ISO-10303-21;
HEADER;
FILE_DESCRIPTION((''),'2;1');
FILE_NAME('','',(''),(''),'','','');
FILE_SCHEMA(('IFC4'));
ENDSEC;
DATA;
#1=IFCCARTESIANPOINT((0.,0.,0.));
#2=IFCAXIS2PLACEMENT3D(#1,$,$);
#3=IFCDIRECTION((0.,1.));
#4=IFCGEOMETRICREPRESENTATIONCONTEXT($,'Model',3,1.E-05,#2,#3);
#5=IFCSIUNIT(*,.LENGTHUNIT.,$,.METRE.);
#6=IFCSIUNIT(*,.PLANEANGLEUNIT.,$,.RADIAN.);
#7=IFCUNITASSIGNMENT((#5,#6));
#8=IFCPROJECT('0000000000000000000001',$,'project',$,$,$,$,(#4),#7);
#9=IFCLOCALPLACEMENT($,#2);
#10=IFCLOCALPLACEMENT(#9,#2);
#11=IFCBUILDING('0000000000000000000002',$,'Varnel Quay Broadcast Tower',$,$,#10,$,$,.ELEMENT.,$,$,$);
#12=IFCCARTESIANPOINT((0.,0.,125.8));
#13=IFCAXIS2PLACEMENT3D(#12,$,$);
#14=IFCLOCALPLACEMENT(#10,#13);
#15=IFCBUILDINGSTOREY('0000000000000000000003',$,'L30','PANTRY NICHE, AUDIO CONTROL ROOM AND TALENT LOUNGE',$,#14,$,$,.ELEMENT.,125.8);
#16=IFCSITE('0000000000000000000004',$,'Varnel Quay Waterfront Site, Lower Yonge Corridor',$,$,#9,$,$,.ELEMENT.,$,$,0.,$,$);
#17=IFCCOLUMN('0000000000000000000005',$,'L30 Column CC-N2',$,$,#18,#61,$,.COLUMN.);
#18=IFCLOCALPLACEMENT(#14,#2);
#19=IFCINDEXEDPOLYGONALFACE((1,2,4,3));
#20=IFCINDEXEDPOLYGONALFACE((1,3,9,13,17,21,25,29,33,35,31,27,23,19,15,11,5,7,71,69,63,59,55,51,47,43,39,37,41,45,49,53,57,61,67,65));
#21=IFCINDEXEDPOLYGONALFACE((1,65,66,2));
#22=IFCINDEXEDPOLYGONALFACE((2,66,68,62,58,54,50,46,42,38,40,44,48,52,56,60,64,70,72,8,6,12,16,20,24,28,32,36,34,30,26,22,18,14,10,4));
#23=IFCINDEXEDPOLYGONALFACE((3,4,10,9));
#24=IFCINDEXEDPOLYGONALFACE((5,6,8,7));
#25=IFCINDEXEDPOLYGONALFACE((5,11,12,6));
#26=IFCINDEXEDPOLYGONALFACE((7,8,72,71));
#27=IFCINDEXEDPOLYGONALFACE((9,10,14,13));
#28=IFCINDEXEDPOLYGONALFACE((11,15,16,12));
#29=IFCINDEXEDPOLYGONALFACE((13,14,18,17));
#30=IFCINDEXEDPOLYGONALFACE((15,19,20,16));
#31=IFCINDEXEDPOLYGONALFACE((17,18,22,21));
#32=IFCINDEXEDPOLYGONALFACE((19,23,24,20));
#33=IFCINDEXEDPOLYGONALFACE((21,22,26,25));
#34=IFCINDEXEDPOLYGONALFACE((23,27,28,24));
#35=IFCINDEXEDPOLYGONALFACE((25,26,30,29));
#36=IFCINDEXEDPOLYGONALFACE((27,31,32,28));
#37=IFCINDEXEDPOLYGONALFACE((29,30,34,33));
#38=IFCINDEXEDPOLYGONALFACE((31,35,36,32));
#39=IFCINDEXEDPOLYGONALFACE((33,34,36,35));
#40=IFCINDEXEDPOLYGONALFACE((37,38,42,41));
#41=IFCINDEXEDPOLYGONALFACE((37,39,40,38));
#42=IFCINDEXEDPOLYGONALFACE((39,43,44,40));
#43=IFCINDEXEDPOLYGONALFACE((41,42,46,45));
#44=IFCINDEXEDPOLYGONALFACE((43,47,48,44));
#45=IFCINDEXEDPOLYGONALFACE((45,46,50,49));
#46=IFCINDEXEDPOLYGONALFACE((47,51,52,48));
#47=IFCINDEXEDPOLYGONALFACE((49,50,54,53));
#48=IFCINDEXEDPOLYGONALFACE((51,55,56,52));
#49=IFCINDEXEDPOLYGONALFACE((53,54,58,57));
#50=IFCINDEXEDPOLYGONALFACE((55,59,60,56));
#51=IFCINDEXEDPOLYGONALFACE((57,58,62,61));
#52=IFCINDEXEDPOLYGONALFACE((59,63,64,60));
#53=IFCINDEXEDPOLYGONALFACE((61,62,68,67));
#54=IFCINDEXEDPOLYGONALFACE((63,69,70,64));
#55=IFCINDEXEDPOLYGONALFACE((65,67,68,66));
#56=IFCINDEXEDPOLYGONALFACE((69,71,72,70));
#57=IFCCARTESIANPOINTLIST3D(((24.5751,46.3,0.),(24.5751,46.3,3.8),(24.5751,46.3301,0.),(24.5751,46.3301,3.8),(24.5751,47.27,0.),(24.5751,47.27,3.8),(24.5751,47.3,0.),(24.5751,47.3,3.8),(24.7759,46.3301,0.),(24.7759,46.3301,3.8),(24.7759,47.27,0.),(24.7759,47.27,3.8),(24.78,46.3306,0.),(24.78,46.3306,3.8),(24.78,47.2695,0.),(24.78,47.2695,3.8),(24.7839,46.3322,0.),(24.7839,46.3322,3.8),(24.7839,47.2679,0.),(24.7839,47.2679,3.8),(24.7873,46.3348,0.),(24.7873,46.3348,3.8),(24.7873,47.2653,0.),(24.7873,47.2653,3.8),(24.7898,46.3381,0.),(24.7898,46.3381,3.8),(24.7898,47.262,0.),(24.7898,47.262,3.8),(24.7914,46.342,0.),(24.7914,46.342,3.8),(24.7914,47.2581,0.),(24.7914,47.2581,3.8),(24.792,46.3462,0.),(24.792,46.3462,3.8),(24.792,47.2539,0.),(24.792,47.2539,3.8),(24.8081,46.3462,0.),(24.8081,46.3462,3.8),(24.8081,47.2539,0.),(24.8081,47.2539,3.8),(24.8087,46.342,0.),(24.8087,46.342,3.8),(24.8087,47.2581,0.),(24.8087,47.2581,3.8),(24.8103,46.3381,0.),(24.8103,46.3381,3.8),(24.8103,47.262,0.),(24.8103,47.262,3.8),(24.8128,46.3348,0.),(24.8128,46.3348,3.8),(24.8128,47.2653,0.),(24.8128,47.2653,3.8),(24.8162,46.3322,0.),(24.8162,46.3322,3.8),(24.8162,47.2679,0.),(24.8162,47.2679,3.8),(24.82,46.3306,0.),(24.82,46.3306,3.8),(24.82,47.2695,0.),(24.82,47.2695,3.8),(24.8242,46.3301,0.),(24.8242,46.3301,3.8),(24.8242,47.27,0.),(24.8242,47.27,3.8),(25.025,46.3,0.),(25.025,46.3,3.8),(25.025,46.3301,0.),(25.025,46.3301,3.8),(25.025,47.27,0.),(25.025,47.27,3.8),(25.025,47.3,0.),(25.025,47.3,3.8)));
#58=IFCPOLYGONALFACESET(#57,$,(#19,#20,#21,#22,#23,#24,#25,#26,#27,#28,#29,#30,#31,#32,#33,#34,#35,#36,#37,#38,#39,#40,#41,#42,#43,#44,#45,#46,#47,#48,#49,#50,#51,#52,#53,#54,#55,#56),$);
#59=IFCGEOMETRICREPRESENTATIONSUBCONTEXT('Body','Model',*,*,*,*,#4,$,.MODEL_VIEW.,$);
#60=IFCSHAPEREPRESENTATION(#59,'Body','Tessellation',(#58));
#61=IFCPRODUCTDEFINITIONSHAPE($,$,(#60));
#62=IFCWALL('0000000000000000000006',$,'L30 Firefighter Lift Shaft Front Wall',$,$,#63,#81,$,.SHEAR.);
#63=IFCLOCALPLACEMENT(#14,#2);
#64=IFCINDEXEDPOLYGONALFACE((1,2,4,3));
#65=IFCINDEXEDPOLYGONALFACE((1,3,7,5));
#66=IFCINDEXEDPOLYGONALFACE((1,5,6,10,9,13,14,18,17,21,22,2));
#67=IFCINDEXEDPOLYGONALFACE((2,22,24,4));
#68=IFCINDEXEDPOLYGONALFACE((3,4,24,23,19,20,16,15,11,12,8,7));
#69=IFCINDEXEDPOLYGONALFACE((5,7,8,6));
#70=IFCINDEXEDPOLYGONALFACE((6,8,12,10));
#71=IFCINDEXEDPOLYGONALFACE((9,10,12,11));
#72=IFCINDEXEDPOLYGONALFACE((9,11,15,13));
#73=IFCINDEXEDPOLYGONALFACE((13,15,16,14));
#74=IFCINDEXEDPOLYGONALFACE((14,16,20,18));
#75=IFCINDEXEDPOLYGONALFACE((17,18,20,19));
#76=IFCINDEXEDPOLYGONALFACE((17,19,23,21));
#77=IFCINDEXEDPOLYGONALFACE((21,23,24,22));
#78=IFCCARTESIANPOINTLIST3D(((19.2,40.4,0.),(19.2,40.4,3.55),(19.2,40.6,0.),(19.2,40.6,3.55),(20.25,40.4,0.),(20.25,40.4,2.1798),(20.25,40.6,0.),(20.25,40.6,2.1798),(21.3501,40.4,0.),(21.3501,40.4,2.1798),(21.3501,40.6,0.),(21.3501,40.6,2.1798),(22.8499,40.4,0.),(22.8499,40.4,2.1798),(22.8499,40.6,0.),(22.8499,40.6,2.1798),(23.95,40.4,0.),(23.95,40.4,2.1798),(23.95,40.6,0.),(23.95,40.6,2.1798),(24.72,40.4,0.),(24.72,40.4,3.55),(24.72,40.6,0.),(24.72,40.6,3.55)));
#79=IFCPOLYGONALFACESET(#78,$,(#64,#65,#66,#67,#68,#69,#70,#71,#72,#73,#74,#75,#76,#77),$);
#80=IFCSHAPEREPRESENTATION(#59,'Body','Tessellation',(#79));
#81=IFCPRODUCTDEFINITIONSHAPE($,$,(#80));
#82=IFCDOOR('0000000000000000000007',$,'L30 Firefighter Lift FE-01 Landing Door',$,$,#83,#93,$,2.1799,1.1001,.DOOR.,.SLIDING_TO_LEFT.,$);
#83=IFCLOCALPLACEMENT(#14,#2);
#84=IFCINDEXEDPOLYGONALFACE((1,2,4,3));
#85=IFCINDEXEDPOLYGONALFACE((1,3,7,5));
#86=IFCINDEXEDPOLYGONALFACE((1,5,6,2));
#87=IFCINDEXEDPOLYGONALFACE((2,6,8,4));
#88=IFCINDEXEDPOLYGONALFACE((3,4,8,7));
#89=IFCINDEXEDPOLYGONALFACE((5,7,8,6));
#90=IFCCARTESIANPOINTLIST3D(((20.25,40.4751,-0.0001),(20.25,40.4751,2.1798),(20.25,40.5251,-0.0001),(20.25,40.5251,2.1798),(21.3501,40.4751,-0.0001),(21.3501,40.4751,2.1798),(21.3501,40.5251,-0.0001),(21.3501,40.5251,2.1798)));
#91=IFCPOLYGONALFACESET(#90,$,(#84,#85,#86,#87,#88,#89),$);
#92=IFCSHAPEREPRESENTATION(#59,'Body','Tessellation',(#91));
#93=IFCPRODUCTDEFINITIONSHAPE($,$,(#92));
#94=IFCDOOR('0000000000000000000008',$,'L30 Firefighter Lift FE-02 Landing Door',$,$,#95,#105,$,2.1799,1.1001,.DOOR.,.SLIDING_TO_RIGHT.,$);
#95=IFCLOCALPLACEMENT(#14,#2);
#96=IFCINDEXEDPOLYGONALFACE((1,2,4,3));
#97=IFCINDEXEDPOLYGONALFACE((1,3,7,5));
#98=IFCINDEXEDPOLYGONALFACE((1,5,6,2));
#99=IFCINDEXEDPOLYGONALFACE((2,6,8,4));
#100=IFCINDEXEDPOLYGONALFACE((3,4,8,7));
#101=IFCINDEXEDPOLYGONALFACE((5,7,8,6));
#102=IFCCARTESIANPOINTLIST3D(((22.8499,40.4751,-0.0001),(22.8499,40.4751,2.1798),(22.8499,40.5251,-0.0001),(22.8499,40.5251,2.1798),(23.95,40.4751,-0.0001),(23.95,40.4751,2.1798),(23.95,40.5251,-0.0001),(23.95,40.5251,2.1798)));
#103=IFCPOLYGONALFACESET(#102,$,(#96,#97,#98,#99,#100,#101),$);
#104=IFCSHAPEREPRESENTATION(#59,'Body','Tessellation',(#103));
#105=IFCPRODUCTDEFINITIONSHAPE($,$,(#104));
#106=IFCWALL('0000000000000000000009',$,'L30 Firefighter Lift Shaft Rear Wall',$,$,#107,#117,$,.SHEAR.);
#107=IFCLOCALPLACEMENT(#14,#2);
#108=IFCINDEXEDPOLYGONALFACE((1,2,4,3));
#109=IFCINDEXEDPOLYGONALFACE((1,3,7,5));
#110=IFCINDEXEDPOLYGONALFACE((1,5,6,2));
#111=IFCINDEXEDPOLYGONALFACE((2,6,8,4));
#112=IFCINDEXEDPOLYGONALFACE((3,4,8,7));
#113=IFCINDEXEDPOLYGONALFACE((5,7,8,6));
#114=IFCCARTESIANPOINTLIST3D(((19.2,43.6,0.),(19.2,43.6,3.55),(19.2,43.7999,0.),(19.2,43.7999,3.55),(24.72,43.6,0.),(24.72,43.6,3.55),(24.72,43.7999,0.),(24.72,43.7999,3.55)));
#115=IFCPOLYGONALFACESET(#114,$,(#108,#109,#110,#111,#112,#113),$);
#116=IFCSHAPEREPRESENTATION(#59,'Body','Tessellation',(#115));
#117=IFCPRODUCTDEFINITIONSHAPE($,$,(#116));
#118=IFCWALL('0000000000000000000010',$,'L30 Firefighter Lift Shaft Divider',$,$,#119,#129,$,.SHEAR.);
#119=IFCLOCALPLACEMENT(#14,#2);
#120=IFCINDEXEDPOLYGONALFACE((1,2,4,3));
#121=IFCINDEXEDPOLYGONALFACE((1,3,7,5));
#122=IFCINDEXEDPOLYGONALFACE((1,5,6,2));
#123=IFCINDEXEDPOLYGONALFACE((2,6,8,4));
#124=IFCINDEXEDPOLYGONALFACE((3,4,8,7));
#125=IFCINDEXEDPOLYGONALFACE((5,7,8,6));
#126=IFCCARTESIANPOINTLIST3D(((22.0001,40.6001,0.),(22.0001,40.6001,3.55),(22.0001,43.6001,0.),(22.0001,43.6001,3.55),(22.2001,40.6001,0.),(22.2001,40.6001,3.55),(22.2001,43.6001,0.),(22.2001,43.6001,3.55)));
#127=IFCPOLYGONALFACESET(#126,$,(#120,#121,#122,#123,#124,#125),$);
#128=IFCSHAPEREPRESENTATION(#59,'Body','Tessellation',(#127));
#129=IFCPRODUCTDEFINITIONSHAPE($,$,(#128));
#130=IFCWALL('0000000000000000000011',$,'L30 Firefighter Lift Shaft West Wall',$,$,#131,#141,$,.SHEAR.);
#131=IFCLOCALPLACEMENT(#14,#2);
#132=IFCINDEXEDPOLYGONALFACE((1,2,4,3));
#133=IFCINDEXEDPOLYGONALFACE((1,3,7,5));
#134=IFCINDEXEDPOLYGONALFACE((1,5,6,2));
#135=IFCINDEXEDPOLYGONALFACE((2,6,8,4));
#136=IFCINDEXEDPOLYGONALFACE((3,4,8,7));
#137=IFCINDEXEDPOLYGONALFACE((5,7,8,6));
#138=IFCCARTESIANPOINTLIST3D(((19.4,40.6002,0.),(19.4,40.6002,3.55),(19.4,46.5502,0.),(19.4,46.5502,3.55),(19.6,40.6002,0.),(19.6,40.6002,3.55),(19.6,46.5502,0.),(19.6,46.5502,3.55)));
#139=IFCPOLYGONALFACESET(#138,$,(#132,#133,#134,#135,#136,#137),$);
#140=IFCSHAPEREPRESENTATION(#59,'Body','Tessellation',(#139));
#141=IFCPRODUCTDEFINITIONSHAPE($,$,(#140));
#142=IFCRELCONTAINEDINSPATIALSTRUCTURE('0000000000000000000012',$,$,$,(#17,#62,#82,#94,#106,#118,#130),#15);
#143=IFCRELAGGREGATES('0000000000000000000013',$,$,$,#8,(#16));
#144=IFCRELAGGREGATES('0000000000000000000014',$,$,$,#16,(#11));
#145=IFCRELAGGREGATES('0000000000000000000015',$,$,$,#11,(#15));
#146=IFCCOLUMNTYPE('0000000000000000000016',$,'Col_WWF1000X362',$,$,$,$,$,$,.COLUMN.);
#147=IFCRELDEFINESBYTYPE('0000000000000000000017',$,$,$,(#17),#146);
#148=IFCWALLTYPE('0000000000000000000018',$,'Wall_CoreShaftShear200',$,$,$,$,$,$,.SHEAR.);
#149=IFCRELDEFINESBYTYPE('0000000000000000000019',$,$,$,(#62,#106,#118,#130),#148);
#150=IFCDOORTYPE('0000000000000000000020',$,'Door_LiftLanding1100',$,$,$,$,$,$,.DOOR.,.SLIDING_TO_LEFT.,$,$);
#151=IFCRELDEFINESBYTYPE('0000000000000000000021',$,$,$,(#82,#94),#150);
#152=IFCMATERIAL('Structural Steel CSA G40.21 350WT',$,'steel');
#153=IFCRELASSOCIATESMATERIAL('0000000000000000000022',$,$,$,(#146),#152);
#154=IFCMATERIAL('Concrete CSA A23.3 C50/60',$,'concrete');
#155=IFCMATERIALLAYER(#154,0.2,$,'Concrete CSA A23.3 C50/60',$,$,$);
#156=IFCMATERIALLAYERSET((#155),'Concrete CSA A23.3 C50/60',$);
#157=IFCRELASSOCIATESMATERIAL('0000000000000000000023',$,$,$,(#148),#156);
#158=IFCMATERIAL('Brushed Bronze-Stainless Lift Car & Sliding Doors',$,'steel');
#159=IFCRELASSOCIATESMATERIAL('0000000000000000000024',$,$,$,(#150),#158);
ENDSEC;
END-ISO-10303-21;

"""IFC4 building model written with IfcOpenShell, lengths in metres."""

from ifc_helpers import new_model, si_unit, direction, frame, frame_2d, origin, origin_2d, place, context, subcontext, project, spatial, rectangle, i_section, extrude, source, transform, mapped, material, layer, layer_set, material_profile, profile_set, type_object, type_shapes, element, fill, save


model = new_model("IFC4")

# Units and contexts
model_context = context("Model", 3, precision=1e-05, world=origin(), true_north=direction((0.0, 1.0)))
body_context = subcontext(model_context, "Body", "Model", "MODEL_VIEW")
ifc_project = project(units=[si_unit("LENGTHUNIT", "METRE"), si_unit("PLANEANGLEUNIT", "RADIAN")], contexts=[model_context])

# Site, building, storey
site_placement = place(None, origin())
site = spatial("IfcSite", under=ifc_project, at=site_placement, Name="Varnel Quay Waterfront Site, Lower Yonge Corridor", CompositionType="ELEMENT", RefElevation=0.0)
building_placement = place(site_placement, origin())
building = spatial("IfcBuilding", under=site, at=building_placement, Name="Varnel Quay Broadcast Tower", CompositionType="ELEMENT")
storey_placement = place(building_placement, frame((0.0, 0.0, 125.8)))
storey = spatial("IfcBuildingStorey", under=building, at=storey_placement, Name="L30", Description="PANTRY NICHE, AUDIO CONTROL ROOM AND TALENT LOUNGE", CompositionType="ELEMENT", Elevation=125.8)

# Column
ifc_material_1 = material(Name="Structural Steel CSA G40.21 350WT", Category="steel")
ifc_material_profile = material_profile(ifc_material_1, i_section(OverallWidth=0.45, OverallDepth=1.0, WebThickness=0.0161, FlangeThickness=0.03, FilletRadius=0.0161, at=origin_2d()), Name="WWF1000X362")
ifc_profile_set = profile_set([ifc_material_profile], Name="Structural Steel CSA G40.21 350WT")
column_type = type_object("IfcColumnType", Name="Col_WWF1000X362", PredefinedType="COLUMN", material=ifc_profile_set)
shared_shape_1 = source(origin(), body_context, "Body", "SweptSolid", [
    extrude(i_section(OverallWidth=0.45, OverallDepth=1.0, WebThickness=0.0161, FlangeThickness=0.03, FilletRadius=0.0161, at=origin_2d()), origin(), (0.0, 0.0, 1.0), 3.8),
])
type_shapes(column_type, [shared_shape_1])
column_placement = place(storey_placement, frame((24.8, 46.8, 0.0), z_axis=(0.0, 0.0, 1.0), x_axis=(1.0, 0.0, 0.0)))
element("IfcColumn", 1, at=column_placement, inside=storey, type_object=column_type, Name="L30 Column CC-N2", PredefinedType="COLUMN", context=body_context, shape_type="MappedRepresentation", body=[
    mapped(shared_shape_1, transform((0.0, 0.0, 0.0), x_axis=(1.0, 0.0, 0.0), y_axis=(0.0, 1.0, 0.0), z_axis=(0.0, 0.0, 1.0), scale=1.0)),
])

# Wall, openings, doors
ifc_material_2 = material(Name="Concrete CSA A23.3 C50/60", Category="concrete")
ifc_layer_1 = layer(ifc_material_2, 0.2, Name="Concrete CSA A23.3 C50/60")
ifc_layer_set_1 = layer_set([ifc_layer_1], Name="Concrete CSA A23.3 C50/60")
wall_type_1 = type_object("IfcWallType", Name="Wall_CoreShaftShear200", PredefinedType="SHEAR", material=ifc_layer_set_1)
wall_1_placement = place(storey_placement, frame((19.2, 40.5, 0.0), z_axis=(0.0, 0.0, 1.0), x_axis=(1.0, 0.0, 0.0)))
wall_1 = element("IfcWall", 2, at=wall_1_placement, inside=storey, type_object=wall_type_1, Name="L30 Firefighter Lift Shaft Front Wall", PredefinedType="SHEAR", context=body_context, shape_type="SweptSolid", body=[
    extrude(rectangle(XDim=5.52, YDim=0.2, at=frame_2d((2.76, 0.0))), origin(), (0.0, 0.0, 1.0), 3.55),
])
opening_1_placement = place(wall_1_placement, frame((1.05, 0.0, 0.0)))
opening_1 = element("IfcOpeningElement", 3, at=opening_1_placement, cuts=wall_1, PredefinedType="OPENING", context=body_context, shape_type="SweptSolid", body=[
    extrude(rectangle(XDim=1.1001, YDim=2.1799, at=frame_2d((0.55, 1.0898))), frame((0.0, 0.1099, 0.0), z_axis=(0.0, -1.0, 0.0), x_axis=(1.0, 0.0, 0.0)), (0.0, 0.0, 1.0), 0.22),
])
opening_2_placement = place(wall_1_placement, frame((3.6499, 0.0, 0.0)))
opening_2 = element("IfcOpeningElement", 4, at=opening_2_placement, cuts=wall_1, PredefinedType="OPENING", context=body_context, shape_type="SweptSolid", body=[
    extrude(rectangle(XDim=1.1001, YDim=2.1799, at=frame_2d((0.55, 1.0898))), frame((0.0, 0.1099, 0.0), z_axis=(0.0, -1.0, 0.0), x_axis=(1.0, 0.0, 0.0)), (0.0, 0.0, 1.0), 0.22),
])
ifc_material_3 = material(Name="Brushed Bronze-Stainless Lift Car & Sliding Doors", Category="steel")
door_type_1 = type_object("IfcDoorType", Name="Door_LiftLanding1100", OperationType="SLIDING_TO_LEFT", PredefinedType="DOOR", material=ifc_material_3)
shared_shape_2 = source(origin(), body_context, "Body", "SweptSolid", [
    extrude(rectangle(XDim=1.1001, YDim=2.1799, at=frame_2d((0.55, 1.0898))), frame((0.0, 0.0249, 0.0), z_axis=(0.0, -1.0, 0.0), x_axis=(1.0, 0.0, 0.0)), (0.0, 0.0, 1.0), 0.05),
])
type_shapes(door_type_1, [shared_shape_2])
door_1_placement = place(opening_1_placement, frame((1.1001, 0.0, 0.0), z_axis=(0.0, 0.0, 1.0), x_axis=(-1.0, 0.0, 0.0)))
door_1 = element("IfcDoor", 5, at=door_1_placement, inside=storey, type_object=door_type_1, Name="L30 Firefighter Lift FE-01 Landing Door", OperationType="SLIDING_TO_LEFT", OverallHeight=2.1799, OverallWidth=1.1001, PredefinedType="DOOR", context=body_context, shape_type="MappedRepresentation", body=[
    mapped(shared_shape_2, transform((0.0, 0.0, 0.0), x_axis=(1.0, 0.0, 0.0), y_axis=(0.0, 1.0, 0.0), z_axis=(0.0, 0.0, 1.0), scale=1.0)),
])
fill(opening_1, door_1)
door_2_placement = place(opening_2_placement, frame((1.1001, 0.0, 0.0), z_axis=(0.0, 0.0, 1.0), x_axis=(-1.0, 0.0, 0.0)))
door_2 = element("IfcDoor", 6, at=door_2_placement, inside=storey, type_object=door_type_1, Name="L30 Firefighter Lift FE-02 Landing Door", OperationType="SLIDING_TO_RIGHT", OverallHeight=2.1799, OverallWidth=1.1001, PredefinedType="DOOR", context=body_context, shape_type="MappedRepresentation", body=[
    mapped(shared_shape_2, transform((0.0, 0.0, 0.0), x_axis=(1.0, 0.0, 0.0), y_axis=(0.0, 1.0, 0.0), z_axis=(0.0, 0.0, 1.0), scale=1.0)),
])
fill(opening_2, door_2)

# Walls
wall_2_placement = place(storey_placement, frame((19.2, 43.7, 0.0), z_axis=(0.0, 0.0, 1.0), x_axis=(1.0, 0.0, 0.0)))
element("IfcWall", 7, at=wall_2_placement, inside=storey, type_object=wall_type_1, Name="L30 Firefighter Lift Shaft Rear Wall", PredefinedType="SHEAR", context=body_context, shape_type="SweptSolid", body=[
    extrude(rectangle(XDim=5.52, YDim=0.2, at=frame_2d((2.76, 0.0))), origin(), (0.0, 0.0, 1.0), 3.55),
])
wall_3_placement = place(storey_placement, frame((22.1001, 40.6001, 0.0), z_axis=(0.0, 0.0, 1.0), x_axis=(0.0, 1.0, 0.0)))
element("IfcWall", 8, at=wall_3_placement, inside=storey, type_object=wall_type_1, Name="L30 Firefighter Lift Shaft Divider", PredefinedType="SHEAR", context=body_context, shape_type="SweptSolid", body=[
    extrude(rectangle(XDim=3.0, YDim=0.2, at=frame_2d((1.5, 0.0))), origin(), (0.0, 0.0, 1.0), 3.55),
])
wall_4_placement = place(storey_placement, frame((19.5, 40.6001, 0.0), z_axis=(0.0, 0.0, 1.0), x_axis=(0.0, 1.0, 0.0)))
element("IfcWall", 9, at=wall_4_placement, inside=storey, type_object=wall_type_1, Name="L30 Firefighter Lift Shaft West Wall", PredefinedType="SHEAR", context=body_context, shape_type="SweptSolid", body=[
    extrude(rectangle(XDim=5.95, YDim=0.2, at=frame_2d((2.9751, 0.0))), origin(), (0.0, 0.0, 1.0), 3.55),
])

save(model, "model.ifc")
